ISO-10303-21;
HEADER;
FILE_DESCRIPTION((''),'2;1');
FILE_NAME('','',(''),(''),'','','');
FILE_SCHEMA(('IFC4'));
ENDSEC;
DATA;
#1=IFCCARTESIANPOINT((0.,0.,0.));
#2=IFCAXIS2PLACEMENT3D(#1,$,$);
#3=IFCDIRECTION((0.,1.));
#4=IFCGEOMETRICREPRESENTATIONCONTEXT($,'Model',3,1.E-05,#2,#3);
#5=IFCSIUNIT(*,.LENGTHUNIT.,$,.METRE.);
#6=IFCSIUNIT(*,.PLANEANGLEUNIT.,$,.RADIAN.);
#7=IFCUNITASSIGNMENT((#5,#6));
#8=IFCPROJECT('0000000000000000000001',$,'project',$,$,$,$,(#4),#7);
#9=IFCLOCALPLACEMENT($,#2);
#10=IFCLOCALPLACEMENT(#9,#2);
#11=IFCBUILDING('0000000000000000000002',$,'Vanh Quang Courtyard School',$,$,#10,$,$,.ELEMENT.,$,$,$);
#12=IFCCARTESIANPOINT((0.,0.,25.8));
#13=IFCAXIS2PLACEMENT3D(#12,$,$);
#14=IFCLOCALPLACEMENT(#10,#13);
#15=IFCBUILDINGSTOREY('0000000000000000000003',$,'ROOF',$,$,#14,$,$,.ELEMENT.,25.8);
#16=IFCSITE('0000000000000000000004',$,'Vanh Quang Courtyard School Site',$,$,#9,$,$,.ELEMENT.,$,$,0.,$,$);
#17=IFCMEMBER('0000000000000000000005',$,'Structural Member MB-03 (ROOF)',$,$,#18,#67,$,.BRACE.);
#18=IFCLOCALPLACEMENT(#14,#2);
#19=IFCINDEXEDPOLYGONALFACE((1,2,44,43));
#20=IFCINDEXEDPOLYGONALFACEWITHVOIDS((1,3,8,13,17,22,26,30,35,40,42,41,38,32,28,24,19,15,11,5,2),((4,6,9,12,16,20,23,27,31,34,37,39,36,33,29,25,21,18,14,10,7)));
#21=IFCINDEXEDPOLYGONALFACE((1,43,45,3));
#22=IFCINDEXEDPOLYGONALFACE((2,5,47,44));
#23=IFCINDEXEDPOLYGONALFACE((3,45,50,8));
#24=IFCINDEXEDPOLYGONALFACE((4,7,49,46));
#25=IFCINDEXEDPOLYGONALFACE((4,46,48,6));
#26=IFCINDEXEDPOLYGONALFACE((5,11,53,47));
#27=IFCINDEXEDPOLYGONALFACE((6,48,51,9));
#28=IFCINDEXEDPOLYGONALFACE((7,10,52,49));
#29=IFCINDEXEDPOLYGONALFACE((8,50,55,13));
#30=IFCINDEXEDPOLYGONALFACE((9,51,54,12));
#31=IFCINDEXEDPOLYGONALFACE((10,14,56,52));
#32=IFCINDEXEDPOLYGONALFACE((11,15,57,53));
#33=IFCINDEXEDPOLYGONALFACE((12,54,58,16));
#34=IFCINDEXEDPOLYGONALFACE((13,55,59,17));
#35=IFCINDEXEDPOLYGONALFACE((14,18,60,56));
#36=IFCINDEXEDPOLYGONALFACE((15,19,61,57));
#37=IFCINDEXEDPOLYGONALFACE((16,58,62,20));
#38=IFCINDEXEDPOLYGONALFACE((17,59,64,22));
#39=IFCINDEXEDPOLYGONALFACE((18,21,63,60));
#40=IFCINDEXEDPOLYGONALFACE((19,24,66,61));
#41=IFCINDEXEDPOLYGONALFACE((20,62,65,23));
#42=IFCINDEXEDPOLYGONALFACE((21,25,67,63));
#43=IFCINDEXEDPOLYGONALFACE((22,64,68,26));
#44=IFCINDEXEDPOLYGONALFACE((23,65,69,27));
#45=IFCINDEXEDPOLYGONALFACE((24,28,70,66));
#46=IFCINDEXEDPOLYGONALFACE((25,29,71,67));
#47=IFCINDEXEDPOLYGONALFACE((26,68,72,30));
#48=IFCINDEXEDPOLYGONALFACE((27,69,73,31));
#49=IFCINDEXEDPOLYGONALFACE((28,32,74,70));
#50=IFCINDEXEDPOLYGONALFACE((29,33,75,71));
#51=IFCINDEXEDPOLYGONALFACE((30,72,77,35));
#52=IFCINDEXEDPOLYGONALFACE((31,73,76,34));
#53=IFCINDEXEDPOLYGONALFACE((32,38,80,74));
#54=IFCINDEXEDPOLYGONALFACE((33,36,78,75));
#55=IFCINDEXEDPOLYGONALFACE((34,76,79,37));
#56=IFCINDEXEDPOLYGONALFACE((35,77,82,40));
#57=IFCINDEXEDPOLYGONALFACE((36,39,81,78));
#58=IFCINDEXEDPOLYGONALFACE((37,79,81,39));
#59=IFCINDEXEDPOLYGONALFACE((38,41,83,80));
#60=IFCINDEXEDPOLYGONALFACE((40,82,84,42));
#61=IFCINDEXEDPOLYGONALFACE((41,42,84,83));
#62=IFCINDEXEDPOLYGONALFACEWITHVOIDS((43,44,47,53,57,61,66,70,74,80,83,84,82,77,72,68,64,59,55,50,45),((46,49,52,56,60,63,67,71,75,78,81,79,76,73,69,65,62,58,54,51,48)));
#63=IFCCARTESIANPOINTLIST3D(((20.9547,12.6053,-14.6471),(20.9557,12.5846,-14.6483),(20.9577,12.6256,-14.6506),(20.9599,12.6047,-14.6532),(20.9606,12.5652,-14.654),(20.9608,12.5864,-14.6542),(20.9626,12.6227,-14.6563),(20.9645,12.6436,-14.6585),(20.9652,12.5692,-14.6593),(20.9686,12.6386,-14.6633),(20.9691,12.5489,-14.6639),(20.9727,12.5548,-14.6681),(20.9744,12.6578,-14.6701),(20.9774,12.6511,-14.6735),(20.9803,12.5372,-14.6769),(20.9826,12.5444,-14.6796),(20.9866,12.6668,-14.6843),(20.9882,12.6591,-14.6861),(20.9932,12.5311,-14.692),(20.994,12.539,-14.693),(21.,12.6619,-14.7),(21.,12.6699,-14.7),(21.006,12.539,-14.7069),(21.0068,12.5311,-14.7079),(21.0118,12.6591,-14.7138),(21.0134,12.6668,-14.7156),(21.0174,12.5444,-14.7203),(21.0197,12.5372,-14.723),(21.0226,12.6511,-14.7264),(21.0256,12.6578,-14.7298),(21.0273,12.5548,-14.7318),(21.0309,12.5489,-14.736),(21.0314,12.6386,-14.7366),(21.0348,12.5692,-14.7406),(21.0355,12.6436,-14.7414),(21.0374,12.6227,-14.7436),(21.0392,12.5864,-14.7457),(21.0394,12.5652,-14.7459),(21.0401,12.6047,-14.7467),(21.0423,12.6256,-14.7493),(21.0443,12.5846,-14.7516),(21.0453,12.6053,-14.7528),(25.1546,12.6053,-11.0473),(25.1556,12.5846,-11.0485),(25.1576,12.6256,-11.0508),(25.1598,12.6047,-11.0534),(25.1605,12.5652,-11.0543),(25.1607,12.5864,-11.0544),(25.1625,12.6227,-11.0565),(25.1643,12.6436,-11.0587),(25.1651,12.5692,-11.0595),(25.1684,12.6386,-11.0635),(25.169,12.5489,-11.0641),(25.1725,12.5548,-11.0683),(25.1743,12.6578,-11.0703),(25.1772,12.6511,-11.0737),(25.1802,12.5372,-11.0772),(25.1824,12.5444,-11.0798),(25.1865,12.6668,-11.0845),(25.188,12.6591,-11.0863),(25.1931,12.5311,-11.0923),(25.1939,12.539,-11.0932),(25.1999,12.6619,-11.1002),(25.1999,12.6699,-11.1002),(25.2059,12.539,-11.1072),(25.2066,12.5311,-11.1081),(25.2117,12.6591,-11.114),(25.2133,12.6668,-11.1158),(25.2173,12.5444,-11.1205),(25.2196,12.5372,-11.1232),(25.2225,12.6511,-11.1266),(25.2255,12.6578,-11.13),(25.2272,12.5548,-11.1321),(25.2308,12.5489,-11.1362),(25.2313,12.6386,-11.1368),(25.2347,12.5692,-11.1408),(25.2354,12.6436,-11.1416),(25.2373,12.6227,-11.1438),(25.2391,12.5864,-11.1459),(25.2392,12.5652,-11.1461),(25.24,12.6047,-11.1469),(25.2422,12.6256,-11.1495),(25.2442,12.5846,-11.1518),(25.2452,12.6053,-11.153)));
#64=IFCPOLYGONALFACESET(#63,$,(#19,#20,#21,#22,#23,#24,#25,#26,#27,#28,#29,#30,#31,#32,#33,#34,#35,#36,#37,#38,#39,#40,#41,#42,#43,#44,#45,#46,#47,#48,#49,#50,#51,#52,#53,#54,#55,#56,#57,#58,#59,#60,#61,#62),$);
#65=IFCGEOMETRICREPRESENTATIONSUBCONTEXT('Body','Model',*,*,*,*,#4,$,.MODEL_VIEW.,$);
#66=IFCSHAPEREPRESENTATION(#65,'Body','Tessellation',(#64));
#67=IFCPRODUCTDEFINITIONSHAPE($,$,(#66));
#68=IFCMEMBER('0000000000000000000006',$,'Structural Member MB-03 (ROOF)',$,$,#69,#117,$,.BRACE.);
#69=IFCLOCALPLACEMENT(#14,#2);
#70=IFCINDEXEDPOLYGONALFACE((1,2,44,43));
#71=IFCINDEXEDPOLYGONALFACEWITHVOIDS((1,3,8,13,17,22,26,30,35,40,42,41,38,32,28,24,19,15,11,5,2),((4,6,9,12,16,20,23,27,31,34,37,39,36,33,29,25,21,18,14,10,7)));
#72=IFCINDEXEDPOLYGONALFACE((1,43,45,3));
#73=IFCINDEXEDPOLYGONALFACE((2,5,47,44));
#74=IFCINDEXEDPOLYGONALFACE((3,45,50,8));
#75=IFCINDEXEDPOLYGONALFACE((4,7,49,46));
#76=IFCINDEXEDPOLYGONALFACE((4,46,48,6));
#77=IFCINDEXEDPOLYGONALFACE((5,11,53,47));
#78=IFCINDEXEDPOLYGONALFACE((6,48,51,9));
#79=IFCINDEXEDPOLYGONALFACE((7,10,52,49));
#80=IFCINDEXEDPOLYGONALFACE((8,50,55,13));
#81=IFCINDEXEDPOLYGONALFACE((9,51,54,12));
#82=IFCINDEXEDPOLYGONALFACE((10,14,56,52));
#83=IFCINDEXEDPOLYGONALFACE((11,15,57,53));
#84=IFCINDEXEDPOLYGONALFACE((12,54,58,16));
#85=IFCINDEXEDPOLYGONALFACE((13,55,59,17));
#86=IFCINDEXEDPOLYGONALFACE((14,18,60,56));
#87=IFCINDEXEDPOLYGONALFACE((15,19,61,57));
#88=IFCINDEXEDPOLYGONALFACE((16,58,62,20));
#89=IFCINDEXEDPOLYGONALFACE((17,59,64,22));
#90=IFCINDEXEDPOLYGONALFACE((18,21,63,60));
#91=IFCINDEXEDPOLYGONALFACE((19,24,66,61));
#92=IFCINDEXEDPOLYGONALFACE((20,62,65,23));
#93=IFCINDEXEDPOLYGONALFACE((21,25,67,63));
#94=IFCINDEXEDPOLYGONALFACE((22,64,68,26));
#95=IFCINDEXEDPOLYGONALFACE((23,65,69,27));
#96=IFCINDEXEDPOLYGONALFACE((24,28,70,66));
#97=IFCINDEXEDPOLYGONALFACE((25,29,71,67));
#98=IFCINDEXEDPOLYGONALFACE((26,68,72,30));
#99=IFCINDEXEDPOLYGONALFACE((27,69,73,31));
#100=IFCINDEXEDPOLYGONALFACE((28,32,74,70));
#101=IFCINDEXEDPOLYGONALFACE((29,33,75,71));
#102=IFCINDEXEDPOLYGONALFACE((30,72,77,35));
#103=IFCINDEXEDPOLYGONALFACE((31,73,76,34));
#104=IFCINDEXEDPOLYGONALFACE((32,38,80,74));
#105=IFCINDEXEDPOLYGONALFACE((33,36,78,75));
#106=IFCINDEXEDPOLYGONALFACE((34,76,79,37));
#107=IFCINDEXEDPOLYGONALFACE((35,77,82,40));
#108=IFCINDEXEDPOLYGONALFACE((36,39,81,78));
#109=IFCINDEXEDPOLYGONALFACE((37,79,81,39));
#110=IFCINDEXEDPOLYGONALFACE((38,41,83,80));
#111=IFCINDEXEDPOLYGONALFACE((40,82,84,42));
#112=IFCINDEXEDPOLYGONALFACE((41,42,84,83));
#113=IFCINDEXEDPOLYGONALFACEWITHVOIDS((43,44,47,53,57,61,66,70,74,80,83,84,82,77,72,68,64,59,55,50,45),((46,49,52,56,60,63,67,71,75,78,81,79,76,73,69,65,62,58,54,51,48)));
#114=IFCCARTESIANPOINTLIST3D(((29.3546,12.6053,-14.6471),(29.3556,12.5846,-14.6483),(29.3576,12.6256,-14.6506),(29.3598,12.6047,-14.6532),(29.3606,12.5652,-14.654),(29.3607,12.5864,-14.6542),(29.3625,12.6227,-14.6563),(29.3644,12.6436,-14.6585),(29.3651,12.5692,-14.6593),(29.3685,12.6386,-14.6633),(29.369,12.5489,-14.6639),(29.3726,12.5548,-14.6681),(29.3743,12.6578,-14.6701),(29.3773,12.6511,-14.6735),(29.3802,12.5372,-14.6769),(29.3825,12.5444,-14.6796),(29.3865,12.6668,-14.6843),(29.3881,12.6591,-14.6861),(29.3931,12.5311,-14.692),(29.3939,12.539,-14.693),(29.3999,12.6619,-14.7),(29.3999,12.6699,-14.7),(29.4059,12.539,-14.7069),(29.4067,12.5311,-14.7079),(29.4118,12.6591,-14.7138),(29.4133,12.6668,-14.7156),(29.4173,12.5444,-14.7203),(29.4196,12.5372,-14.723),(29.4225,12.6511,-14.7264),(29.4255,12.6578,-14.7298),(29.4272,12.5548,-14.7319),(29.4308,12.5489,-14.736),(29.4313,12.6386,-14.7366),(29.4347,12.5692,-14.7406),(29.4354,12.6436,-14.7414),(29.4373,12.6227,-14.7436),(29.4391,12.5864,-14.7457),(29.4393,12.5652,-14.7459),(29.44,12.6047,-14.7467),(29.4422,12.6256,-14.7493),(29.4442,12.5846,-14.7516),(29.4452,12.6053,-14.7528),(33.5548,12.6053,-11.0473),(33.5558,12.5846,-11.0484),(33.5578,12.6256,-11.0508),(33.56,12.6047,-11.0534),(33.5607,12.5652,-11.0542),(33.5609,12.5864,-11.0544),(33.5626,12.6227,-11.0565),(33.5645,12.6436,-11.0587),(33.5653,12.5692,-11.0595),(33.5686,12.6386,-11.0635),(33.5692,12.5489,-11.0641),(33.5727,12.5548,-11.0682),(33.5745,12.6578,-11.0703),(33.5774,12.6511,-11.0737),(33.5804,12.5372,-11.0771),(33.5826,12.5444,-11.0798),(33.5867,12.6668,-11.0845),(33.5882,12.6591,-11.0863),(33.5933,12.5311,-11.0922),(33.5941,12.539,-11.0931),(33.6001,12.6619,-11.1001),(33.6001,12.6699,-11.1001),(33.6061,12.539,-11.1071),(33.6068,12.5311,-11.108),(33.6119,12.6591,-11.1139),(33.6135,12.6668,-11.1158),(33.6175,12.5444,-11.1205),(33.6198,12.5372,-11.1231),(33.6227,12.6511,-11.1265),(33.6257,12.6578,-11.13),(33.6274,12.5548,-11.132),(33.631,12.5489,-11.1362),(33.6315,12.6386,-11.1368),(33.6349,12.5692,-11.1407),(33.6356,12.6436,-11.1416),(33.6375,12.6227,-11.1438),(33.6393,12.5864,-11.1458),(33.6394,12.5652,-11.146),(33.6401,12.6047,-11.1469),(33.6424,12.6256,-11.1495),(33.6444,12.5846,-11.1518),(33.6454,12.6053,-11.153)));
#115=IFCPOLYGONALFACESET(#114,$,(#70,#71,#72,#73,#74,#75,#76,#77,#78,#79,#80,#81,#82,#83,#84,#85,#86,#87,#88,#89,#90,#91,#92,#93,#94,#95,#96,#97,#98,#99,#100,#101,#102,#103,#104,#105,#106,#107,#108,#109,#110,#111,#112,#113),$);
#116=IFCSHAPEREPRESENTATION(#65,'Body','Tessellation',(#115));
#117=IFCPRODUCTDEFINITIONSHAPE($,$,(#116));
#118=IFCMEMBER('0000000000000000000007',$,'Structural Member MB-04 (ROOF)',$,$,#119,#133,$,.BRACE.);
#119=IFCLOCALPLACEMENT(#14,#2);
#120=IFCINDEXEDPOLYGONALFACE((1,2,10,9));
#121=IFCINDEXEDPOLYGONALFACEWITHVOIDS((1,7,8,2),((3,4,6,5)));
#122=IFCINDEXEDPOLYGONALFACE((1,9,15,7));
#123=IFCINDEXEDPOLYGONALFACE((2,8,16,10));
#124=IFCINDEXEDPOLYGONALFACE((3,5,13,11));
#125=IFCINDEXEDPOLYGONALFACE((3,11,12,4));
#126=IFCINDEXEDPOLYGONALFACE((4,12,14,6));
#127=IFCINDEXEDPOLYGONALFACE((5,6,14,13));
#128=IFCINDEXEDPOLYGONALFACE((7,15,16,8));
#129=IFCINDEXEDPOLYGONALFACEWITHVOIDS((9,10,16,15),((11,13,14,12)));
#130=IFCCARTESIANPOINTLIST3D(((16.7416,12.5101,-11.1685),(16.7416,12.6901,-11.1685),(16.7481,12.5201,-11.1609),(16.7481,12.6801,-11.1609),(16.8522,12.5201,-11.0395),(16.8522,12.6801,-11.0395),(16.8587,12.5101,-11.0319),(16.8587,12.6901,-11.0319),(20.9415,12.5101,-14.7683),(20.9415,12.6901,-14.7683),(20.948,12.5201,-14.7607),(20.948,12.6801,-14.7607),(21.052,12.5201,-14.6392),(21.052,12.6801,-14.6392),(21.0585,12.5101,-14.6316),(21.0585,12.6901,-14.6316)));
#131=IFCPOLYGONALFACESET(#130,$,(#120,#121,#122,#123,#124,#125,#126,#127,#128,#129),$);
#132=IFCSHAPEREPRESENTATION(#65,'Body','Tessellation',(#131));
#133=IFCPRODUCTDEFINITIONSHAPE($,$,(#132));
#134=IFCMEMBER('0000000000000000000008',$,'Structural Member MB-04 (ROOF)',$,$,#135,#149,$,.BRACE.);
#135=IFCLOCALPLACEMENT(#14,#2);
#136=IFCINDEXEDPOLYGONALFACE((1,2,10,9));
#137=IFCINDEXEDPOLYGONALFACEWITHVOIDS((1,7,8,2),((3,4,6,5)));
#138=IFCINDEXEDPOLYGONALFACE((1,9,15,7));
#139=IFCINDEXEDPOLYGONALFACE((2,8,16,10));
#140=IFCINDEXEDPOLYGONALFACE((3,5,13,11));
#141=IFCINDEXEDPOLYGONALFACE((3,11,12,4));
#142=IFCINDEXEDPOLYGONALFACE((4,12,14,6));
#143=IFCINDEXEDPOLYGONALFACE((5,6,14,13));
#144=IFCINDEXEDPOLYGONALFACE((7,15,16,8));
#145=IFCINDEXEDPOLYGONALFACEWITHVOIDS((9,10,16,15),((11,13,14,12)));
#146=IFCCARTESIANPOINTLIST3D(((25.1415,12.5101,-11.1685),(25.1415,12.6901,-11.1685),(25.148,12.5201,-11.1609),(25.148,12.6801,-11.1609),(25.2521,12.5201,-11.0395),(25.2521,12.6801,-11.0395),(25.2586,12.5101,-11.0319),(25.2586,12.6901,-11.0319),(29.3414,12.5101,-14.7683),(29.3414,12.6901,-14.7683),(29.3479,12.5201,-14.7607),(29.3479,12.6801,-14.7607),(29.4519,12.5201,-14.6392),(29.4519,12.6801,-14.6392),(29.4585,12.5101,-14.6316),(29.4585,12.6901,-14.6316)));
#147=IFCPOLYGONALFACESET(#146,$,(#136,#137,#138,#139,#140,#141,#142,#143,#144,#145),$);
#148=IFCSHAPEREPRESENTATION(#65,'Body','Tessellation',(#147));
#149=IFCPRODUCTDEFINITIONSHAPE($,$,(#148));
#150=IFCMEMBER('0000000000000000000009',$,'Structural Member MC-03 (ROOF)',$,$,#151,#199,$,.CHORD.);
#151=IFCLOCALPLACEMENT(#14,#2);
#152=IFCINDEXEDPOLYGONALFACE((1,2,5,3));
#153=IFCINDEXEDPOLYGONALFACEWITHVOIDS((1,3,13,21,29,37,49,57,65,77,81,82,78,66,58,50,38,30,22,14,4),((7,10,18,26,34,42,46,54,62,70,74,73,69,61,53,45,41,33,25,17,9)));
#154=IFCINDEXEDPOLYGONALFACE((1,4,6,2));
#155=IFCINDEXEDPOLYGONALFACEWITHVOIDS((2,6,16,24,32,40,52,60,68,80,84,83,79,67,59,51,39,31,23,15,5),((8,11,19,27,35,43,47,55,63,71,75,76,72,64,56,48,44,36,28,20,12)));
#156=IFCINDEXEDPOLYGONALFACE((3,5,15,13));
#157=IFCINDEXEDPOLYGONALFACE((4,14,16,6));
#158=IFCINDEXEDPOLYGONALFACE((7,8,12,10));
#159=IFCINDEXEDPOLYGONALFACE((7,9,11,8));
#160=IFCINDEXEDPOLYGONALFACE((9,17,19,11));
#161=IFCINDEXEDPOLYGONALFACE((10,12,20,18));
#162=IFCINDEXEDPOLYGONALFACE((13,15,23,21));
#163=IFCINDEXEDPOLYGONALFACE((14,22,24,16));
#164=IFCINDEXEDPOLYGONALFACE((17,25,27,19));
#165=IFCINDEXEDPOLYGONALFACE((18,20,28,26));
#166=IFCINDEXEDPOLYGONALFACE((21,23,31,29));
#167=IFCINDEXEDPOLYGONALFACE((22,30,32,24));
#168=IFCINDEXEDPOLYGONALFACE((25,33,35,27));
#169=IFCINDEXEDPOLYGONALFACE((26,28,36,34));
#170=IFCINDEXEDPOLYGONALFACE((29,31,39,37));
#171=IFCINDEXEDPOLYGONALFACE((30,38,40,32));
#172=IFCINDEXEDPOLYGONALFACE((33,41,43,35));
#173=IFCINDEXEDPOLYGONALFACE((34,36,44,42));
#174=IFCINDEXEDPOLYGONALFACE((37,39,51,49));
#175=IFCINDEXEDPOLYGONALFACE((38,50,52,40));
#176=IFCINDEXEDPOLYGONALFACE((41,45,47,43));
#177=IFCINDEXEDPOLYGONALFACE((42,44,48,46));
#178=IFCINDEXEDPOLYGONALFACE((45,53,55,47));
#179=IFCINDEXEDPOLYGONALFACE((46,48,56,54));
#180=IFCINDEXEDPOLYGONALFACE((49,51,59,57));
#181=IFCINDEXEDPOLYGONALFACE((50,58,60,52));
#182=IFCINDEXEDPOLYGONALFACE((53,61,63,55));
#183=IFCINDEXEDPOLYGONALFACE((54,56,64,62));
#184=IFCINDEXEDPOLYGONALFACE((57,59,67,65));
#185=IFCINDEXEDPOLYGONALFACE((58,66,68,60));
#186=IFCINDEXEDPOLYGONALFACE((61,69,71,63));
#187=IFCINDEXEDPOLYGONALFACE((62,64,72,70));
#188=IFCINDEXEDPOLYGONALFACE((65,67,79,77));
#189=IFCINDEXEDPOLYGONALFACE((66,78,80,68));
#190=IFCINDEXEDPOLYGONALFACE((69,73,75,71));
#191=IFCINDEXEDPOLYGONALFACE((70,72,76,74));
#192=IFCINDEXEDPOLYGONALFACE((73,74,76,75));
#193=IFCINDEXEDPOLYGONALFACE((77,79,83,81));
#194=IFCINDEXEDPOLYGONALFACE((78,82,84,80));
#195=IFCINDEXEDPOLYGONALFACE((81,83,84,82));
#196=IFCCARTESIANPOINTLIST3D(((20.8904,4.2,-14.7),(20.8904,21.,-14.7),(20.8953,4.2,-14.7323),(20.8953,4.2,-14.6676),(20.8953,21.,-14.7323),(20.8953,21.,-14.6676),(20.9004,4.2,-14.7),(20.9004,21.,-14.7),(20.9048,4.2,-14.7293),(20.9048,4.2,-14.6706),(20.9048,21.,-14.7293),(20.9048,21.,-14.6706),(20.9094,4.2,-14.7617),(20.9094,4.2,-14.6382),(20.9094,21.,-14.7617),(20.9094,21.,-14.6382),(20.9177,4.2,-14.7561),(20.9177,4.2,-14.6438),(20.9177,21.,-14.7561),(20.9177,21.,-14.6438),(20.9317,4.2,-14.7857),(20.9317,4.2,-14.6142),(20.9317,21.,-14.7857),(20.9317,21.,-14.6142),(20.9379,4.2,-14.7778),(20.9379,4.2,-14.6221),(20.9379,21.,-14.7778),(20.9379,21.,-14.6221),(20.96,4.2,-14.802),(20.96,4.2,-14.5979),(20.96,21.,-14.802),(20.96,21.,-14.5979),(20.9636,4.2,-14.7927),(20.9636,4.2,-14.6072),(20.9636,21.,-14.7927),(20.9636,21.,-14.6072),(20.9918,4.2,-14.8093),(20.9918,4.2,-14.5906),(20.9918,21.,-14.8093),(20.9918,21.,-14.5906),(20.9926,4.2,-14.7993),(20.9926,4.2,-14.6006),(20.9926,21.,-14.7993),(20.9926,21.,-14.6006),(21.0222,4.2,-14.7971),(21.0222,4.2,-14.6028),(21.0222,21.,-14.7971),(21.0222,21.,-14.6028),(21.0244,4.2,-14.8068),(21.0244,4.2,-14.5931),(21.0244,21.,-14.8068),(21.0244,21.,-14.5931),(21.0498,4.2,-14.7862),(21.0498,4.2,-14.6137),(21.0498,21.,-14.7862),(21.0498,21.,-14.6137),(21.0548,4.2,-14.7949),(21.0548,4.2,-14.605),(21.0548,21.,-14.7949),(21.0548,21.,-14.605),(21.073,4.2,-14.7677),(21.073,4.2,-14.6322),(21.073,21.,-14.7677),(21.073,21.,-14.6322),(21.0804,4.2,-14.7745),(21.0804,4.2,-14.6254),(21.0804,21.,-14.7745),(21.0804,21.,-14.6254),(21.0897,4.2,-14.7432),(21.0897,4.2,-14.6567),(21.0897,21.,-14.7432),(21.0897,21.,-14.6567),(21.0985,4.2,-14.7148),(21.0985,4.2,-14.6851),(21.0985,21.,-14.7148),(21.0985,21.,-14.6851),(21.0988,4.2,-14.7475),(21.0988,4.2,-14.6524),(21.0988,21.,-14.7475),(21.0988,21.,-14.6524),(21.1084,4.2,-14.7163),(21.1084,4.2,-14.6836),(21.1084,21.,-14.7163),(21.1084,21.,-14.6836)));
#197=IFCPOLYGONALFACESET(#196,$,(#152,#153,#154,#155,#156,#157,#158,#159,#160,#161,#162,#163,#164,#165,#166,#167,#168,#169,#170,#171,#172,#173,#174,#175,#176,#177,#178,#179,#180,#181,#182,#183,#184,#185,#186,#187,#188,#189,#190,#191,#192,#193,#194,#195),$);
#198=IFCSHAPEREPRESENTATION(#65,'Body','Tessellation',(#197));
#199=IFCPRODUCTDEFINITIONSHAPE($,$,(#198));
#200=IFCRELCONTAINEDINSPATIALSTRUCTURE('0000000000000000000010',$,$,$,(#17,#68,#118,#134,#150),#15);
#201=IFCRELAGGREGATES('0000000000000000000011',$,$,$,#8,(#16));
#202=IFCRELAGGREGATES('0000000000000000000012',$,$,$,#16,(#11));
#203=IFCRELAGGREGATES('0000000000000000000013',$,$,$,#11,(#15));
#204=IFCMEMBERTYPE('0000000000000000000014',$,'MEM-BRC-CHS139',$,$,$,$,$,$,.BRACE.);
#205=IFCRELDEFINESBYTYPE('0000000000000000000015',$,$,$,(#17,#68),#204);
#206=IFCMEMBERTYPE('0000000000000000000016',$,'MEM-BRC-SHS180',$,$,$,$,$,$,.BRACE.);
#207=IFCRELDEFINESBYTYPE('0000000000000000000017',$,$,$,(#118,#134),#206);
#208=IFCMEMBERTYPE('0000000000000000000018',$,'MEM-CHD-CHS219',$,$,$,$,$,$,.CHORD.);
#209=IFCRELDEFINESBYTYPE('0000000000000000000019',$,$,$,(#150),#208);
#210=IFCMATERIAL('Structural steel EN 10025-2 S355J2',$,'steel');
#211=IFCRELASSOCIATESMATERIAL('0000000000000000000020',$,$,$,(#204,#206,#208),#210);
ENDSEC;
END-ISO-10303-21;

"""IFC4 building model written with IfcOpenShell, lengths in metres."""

from ifc_helpers import new_model, si_unit, direction, frame, origin, origin_2d, place, context, subcontext, project, spatial, hollow_rectangle, hollow_circle, extrude, material, material_profile, profile_set, type_object, element, save


model = new_model("IFC4")

# Units and contexts
model_context = context("Model", 3, precision=1e-05, world=origin(), true_north=direction((0.0, 1.0)))
body_context = subcontext(model_context, "Body", "Model", "MODEL_VIEW")
ifc_project = project(units=[si_unit("LENGTHUNIT", "METRE"), si_unit("PLANEANGLEUNIT", "RADIAN")], contexts=[model_context])

# Site, building, storey
site_placement = place(None, origin())
site = spatial("IfcSite", under=ifc_project, at=site_placement, Name="Vanh Quang Courtyard School Site", CompositionType="ELEMENT", RefElevation=0.0)
building_placement = place(site_placement, origin())
building = spatial("IfcBuilding", under=site, at=building_placement, Name="Vanh Quang Courtyard School", CompositionType="ELEMENT")
storey_placement = place(building_placement, frame((0.0, 0.0, 25.8)))
storey = spatial("IfcBuildingStorey", under=building, at=storey_placement, Name="ROOF", CompositionType="ELEMENT", Elevation=25.8)

# Members
ifc_material_1 = material(Name="Structural steel EN 10025-2 S355J2", Category="steel")
ifc_material_profile_1 = material_profile(ifc_material_1, hollow_circle(Radius=0.0698, WallThickness=0.0081, at=origin_2d()), Name="CHS 139.7x8")
ifc_profile_set_1 = profile_set([ifc_material_profile_1], Name="Structural steel EN 10025-2 S355J2")
member_type_1 = type_object("IfcMemberType", Name="MEM-BRC-CHS139", PredefinedType="BRACE", material=ifc_profile_set_1)
member_1_placement = place(storey_placement, frame((21.0, 12.6001, -14.7), z_axis=(0.759266, 0.0, 0.65078), x_axis=(0.0, 1.0, 0.0)))
element("IfcMember", 1, at=member_1_placement, inside=storey, type_object=member_type_1, Name="Structural Member MB-03 (ROOF)", PredefinedType="BRACE", context=body_context, shape_type="SweptSolid", body=[
    extrude(hollow_circle(Radius=0.0698, WallThickness=0.0081, at=origin_2d()), origin(), (0.0, 0.0, 1.0), 5.5315),
])
member_2_placement = place(storey_placement, frame((29.3999, 12.6001, -14.7), z_axis=(0.759285, 0.0, 0.650759), x_axis=(0.0, 1.0, 0.0)))
element("IfcMember", 2, at=member_2_placement, inside=storey, type_object=member_type_1, Name="Structural Member MB-03 (ROOF)", PredefinedType="BRACE", context=body_context, shape_type="SweptSolid", body=[
    extrude(hollow_circle(Radius=0.0698, WallThickness=0.0081, at=origin_2d()), origin(), (0.0, 0.0, 1.0), 5.5317),
])
ifc_material_profile_2 = material_profile(ifc_material_1, hollow_rectangle(XDim=0.1799, YDim=0.1799, WallThickness=0.01, at=origin_2d()), Name="SHS 180x180x10")
ifc_profile_set_2 = profile_set([ifc_material_profile_2], Name="Structural steel EN 10025-2 S355J2")
member_type_2 = type_object("IfcMemberType", Name="MEM-BRC-SHS180", PredefinedType="BRACE", material=ifc_profile_set_2)
for number, where, z_axis, x_axis, name in (
    (3, (21.0, 12.6001, -14.7), (-0.759266, 0.0, 0.65078), (0.0, -1.0, 0.0), "Structural Member MB-04 (ROOF)"),
    (4, (29.3999, 12.6001, -14.7), (-0.759266, 0.0, 0.65078), (0.0, -1.0, 0.0), "Structural Member MB-04 (ROOF)"),
):
    element("IfcMember", number, at=place(storey_placement, frame(where, z_axis=z_axis, x_axis=x_axis)), inside=storey, type_object=member_type_2, Name=name, PredefinedType="BRACE", context=body_context, shape_type="SweptSolid", body=[
        extrude(hollow_rectangle(XDim=0.1799, YDim=0.1799, WallThickness=0.01, at=origin_2d()), origin(), (0.0, 0.0, 1.0), 5.5315),
    ])
ifc_material_profile_3 = material_profile(ifc_material_1, hollow_circle(Radius=0.1096, WallThickness=0.01, at=origin_2d()), Name="CHS 219.1x10")
ifc_profile_set_3 = profile_set([ifc_material_profile_3], Name="Structural steel EN 10025-2 S355J2")
member_type_3 = type_object("IfcMemberType", Name="MEM-CHD-CHS219", PredefinedType="CHORD", material=ifc_profile_set_3)
for number, where, z_axis, x_axis, name in (
    (5, (21.0, 4.2, -14.7), (0.0, 1.0, 0.0), (-1.0, 0.0, 0.0), "Structural Member MC-03 (ROOF)"),
):
    element("IfcMember", number, at=place(storey_placement, frame(where, z_axis=z_axis, x_axis=x_axis)), inside=storey, type_object=member_type_3, Name=name, PredefinedType="CHORD", context=body_context, shape_type="SweptSolid", body=[
        extrude(hollow_circle(Radius=0.1096, WallThickness=0.01, at=origin_2d()), origin(), (0.0, 0.0, 1.0), 16.8),
    ])

save(model, "model.ifc")
